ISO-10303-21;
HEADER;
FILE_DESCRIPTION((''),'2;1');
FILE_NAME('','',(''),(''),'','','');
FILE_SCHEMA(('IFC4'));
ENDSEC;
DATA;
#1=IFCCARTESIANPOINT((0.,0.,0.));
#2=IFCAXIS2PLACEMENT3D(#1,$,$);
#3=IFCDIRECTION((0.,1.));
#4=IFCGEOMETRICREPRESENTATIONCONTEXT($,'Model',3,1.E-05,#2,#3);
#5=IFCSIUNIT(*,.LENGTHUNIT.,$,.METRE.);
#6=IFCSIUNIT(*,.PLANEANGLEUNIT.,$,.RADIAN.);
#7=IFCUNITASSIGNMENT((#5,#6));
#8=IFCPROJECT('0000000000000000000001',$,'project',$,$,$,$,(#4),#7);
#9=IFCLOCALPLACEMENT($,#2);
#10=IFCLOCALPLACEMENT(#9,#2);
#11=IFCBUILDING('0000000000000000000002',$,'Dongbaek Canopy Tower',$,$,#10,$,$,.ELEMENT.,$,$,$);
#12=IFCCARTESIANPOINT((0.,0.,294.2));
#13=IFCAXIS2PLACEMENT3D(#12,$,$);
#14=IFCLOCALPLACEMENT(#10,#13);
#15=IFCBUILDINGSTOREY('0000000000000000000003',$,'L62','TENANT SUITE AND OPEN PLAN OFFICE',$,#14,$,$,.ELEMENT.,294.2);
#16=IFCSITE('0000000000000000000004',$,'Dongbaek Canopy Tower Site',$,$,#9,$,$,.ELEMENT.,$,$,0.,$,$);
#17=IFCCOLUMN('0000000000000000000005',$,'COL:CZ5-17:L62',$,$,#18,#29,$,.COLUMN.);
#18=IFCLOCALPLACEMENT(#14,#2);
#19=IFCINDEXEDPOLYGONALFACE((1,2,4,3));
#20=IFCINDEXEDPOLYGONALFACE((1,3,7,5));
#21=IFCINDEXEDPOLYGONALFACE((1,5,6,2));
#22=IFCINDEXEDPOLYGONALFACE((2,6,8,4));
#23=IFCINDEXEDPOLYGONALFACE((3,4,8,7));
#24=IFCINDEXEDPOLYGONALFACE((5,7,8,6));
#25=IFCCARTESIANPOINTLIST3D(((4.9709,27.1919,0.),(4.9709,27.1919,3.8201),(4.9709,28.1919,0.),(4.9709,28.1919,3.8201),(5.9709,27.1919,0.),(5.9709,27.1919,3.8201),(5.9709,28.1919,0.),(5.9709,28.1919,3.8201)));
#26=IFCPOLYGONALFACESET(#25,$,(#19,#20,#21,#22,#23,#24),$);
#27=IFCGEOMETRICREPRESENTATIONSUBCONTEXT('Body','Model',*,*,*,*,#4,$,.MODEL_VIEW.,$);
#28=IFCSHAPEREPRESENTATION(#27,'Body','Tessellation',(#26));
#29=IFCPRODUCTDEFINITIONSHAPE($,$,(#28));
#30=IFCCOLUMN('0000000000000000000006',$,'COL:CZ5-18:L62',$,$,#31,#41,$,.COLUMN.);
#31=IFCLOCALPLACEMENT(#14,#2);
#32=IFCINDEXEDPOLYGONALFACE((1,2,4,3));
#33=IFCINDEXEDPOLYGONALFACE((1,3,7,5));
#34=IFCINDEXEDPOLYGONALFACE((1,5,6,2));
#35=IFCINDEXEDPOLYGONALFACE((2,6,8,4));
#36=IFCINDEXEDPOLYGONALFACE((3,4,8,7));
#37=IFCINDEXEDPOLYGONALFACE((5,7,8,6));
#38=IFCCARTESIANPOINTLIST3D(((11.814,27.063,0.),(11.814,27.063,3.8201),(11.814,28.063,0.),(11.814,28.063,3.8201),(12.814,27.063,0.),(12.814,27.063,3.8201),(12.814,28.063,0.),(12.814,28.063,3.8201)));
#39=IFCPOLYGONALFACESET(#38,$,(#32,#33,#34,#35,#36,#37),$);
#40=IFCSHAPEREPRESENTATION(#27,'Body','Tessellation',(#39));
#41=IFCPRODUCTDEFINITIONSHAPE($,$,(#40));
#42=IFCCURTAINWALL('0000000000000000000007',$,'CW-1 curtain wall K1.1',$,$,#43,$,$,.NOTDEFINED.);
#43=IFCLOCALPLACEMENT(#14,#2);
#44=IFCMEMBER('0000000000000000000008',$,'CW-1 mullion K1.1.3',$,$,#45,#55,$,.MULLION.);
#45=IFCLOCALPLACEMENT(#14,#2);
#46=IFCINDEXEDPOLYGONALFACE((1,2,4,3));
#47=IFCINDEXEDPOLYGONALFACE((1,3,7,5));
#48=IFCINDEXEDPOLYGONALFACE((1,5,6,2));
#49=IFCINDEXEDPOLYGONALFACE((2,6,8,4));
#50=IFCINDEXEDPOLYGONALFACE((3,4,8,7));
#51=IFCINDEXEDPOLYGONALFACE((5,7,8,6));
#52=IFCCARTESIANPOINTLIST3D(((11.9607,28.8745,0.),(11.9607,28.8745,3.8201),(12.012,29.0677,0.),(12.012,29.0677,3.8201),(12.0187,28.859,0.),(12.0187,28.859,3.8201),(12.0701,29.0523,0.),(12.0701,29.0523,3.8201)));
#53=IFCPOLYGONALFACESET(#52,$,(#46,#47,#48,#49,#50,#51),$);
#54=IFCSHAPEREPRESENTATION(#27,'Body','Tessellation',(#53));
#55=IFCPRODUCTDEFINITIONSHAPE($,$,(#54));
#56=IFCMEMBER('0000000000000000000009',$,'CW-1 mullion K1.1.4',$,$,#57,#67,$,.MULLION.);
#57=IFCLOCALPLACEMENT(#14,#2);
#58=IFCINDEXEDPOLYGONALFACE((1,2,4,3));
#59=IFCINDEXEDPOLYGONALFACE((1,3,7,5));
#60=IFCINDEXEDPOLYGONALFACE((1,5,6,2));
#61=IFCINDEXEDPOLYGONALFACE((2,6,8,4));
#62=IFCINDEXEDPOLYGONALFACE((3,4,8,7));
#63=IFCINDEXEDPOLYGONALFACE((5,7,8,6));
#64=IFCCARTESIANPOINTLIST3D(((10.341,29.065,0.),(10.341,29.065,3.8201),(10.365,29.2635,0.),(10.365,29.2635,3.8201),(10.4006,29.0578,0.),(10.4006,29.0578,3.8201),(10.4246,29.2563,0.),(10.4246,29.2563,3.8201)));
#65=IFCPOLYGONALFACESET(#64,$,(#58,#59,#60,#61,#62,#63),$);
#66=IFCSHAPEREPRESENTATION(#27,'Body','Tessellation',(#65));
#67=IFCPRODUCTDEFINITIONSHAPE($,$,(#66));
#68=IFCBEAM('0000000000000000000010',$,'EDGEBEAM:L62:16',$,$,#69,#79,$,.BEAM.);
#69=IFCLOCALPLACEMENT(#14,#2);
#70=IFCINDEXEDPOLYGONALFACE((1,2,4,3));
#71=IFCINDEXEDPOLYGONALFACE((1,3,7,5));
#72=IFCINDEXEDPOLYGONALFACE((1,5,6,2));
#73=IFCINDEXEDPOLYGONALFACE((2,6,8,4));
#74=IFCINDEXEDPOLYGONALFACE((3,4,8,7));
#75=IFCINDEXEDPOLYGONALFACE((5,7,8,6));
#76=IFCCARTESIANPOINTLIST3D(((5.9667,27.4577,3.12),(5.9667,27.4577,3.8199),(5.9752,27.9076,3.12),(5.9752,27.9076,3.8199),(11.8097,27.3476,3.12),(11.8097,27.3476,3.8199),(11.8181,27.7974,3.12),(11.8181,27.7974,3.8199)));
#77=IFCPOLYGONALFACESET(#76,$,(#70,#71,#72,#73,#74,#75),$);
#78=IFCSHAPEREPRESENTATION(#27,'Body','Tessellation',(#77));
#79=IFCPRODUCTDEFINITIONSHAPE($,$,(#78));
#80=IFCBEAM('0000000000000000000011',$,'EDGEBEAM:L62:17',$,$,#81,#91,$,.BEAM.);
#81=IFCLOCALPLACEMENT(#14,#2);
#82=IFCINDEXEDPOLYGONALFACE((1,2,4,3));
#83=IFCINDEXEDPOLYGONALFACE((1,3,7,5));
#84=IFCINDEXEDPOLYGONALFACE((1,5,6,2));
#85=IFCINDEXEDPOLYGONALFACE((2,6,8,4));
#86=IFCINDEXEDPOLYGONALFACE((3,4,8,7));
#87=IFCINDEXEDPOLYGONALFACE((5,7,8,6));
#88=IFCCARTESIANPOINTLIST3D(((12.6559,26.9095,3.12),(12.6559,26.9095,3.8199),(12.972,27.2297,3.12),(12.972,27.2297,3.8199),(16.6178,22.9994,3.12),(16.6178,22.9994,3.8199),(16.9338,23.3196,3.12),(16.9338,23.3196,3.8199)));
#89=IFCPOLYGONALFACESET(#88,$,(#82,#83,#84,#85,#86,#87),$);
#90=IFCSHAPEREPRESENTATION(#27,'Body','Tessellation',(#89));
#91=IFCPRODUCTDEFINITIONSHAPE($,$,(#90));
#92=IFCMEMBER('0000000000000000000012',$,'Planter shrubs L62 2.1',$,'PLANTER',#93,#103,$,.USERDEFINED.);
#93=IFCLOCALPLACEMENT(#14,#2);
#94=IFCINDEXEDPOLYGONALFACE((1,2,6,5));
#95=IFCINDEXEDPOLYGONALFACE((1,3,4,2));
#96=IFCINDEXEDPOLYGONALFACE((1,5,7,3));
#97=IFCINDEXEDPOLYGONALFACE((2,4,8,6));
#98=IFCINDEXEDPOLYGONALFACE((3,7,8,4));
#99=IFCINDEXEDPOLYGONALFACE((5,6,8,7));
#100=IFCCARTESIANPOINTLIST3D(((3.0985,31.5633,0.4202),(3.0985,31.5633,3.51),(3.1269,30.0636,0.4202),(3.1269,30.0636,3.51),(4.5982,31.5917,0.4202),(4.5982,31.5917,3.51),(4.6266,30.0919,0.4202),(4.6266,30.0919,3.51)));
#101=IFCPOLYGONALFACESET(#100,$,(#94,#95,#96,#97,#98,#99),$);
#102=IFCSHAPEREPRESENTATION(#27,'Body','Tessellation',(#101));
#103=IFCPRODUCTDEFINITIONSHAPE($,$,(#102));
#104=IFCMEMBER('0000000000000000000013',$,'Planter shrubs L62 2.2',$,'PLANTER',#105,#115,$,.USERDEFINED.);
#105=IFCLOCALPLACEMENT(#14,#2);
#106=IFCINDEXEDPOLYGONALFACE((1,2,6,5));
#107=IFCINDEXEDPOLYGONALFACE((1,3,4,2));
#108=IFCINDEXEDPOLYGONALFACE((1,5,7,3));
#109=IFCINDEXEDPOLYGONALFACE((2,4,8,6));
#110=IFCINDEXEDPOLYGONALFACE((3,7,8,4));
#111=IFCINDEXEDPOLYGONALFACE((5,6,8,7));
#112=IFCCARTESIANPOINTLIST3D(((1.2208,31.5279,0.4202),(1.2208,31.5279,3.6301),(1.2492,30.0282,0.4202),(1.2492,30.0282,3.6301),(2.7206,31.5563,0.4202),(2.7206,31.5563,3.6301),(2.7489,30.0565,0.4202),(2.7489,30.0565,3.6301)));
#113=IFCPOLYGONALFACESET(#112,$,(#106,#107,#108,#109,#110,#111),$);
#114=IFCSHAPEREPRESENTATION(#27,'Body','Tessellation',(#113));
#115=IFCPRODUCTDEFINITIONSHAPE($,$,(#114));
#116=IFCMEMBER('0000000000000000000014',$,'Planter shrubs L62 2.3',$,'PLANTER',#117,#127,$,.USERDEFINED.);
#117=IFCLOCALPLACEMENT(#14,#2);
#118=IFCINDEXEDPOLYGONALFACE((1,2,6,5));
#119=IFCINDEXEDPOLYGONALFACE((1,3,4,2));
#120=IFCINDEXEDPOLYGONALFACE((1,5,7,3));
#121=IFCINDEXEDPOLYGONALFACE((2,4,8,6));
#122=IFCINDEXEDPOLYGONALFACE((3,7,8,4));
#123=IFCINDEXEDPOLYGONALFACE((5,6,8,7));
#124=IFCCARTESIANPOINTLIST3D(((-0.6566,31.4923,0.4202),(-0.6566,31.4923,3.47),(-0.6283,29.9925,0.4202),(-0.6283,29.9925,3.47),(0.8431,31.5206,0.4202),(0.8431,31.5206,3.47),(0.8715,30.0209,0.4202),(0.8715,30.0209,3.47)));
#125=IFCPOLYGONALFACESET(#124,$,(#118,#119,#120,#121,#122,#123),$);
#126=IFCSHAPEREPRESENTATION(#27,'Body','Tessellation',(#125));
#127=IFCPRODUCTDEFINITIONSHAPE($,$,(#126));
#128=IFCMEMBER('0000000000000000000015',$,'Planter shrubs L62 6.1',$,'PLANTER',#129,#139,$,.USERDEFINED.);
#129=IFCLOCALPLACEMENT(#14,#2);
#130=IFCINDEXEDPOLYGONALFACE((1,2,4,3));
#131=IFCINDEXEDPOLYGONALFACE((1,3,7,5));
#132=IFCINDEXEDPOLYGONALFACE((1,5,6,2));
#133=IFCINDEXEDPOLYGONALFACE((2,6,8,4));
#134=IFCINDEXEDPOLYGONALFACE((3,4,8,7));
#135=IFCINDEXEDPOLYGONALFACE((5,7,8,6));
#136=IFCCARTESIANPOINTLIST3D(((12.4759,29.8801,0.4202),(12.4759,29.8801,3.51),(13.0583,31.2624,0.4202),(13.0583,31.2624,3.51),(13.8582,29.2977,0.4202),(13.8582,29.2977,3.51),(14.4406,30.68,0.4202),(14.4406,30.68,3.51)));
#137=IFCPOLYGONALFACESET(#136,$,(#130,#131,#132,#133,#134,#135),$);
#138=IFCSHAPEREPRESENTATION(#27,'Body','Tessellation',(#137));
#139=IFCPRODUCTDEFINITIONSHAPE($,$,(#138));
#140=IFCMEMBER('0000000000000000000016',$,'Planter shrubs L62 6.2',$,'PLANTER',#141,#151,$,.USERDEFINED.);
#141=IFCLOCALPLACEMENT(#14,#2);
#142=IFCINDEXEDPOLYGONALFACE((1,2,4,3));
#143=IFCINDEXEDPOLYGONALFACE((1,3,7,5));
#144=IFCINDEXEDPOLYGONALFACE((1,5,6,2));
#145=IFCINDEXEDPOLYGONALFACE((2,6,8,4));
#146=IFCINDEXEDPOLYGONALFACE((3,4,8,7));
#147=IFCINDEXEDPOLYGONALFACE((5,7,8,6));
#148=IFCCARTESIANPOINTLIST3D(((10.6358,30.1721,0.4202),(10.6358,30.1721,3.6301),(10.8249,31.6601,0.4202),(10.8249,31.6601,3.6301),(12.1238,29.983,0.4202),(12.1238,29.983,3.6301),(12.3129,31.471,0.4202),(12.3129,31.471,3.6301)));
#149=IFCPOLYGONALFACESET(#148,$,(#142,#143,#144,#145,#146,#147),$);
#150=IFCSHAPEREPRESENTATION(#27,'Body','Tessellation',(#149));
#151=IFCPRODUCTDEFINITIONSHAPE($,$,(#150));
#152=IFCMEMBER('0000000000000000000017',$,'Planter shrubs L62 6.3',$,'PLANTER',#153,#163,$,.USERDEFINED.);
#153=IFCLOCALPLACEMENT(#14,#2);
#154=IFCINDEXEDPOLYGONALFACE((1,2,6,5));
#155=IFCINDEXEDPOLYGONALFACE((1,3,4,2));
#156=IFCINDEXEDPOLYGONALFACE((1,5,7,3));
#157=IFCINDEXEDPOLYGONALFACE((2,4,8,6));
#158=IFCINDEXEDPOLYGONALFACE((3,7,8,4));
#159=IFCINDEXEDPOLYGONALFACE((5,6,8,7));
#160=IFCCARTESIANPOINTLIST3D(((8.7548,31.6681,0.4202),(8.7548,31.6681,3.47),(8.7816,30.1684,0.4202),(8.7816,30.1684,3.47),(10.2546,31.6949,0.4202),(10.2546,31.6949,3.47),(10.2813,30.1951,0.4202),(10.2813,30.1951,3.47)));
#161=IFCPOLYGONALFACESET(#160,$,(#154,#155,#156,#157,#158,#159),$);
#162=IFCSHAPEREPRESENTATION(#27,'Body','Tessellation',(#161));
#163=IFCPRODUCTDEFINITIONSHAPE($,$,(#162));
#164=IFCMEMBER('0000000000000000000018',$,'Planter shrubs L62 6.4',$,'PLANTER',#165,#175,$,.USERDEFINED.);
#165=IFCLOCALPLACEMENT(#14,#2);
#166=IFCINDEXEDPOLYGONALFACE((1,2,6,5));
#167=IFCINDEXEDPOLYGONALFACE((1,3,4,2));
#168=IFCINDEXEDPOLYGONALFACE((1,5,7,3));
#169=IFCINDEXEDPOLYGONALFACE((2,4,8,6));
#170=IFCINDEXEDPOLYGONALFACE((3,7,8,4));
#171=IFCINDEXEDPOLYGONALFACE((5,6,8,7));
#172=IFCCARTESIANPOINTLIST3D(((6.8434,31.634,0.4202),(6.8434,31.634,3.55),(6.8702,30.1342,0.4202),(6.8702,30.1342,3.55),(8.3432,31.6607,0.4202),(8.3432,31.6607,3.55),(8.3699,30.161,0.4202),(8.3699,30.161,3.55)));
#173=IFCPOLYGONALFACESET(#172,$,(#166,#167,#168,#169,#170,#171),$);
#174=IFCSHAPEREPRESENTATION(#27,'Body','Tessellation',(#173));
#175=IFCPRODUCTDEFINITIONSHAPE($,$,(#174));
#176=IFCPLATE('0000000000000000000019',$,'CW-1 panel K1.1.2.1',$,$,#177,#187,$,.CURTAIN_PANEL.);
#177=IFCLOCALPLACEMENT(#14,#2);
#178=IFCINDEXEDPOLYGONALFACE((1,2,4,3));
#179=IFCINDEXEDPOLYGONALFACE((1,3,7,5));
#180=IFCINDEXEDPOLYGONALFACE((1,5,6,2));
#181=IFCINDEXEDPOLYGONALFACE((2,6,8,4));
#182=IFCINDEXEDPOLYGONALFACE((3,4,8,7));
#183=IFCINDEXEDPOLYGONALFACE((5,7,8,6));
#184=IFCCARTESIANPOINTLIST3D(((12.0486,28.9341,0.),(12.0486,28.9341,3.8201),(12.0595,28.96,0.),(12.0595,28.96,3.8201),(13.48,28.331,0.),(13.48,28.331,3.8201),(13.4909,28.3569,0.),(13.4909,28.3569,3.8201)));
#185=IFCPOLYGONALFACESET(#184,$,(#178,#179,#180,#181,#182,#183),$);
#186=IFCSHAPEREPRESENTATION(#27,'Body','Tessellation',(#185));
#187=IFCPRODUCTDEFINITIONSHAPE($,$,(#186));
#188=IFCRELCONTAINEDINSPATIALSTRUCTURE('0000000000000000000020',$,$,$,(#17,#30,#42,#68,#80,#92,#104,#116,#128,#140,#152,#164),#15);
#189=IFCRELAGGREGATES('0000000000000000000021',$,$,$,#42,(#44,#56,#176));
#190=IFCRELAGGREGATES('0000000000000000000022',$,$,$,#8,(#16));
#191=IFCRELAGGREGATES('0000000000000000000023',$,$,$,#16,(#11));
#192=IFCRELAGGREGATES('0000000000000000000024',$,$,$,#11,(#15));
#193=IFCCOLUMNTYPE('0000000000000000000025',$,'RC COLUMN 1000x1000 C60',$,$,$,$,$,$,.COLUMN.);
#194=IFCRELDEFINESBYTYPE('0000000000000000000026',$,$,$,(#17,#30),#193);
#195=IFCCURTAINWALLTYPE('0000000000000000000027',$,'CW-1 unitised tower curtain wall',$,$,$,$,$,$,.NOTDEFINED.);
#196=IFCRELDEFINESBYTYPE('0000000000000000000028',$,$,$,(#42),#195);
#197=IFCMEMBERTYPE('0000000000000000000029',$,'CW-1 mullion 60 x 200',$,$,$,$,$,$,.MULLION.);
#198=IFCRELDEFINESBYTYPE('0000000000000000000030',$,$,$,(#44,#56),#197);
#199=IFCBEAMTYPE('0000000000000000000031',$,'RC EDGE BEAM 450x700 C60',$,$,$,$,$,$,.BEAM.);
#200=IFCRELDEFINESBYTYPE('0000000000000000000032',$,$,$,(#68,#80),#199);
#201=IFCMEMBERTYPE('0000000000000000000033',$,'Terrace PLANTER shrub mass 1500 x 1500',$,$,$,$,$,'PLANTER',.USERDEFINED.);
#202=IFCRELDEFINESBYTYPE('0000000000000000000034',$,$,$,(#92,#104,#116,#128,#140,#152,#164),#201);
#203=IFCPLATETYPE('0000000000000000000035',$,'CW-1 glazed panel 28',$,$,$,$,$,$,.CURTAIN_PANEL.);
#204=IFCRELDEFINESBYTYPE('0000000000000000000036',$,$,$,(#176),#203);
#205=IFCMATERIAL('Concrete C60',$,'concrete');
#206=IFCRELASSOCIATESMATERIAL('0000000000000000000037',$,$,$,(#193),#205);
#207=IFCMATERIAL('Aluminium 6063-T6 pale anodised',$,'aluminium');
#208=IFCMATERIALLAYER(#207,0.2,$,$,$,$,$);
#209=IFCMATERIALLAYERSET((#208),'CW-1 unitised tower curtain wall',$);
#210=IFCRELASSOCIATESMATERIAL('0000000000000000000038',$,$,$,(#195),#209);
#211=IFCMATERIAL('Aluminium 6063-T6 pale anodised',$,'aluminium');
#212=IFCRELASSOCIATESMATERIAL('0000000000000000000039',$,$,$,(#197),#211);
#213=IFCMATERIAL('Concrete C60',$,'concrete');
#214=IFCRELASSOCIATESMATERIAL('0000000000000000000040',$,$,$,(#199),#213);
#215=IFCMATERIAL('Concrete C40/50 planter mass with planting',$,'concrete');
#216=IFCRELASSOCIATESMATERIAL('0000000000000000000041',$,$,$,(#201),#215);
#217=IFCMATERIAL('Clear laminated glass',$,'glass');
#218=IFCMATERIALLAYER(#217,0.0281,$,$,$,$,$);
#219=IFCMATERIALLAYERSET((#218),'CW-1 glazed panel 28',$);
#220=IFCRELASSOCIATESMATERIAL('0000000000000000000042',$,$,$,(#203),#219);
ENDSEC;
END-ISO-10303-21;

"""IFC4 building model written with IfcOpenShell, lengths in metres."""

from ifc_helpers import new_model, si_unit, direction, frame, origin, origin_2d, place, context, subcontext, project, spatial, rectangle, extrude, material, layer, layer_set, material_profile, profile_set, type_object, element, aggregate, save


model = new_model("IFC4")

# Units and contexts
model_context = context("Model", 3, precision=1e-05, world=origin(), true_north=direction((0.0, 1.0)))
body_context = subcontext(model_context, "Body", "Model", "MODEL_VIEW")
ifc_project = project(units=[si_unit("LENGTHUNIT", "METRE"), si_unit("PLANEANGLEUNIT", "RADIAN")], contexts=[model_context])

# Site, building, storey
site_placement = place(None, origin())
site = spatial("IfcSite", under=ifc_project, at=site_placement, Name="Dongbaek Canopy Tower Site", CompositionType="ELEMENT", RefElevation=0.0)
building_placement = place(site_placement, origin())
building = spatial("IfcBuilding", under=site, at=building_placement, Name="Dongbaek Canopy Tower", CompositionType="ELEMENT")
storey_placement = place(building_placement, frame((0.0, 0.0, 294.2)))
storey = spatial("IfcBuildingStorey", under=building, at=storey_placement, Name="L62", Description="TENANT SUITE AND OPEN PLAN OFFICE", CompositionType="ELEMENT", Elevation=294.2)

# Columns
ifc_material_1 = material(Name="Concrete C60", Category="concrete")
ifc_material_profile_1 = material_profile(ifc_material_1, rectangle(XDim=1.0, YDim=1.0, at=origin_2d()), Name="RC COLUMN 1000x1000 C60")
ifc_profile_set_1 = profile_set([ifc_material_profile_1], Name="Concrete C60")
column_type = type_object("IfcColumnType", Name="RC COLUMN 1000x1000 C60", PredefinedType="COLUMN", material=ifc_profile_set_1)
for number, where, z_axis, x_axis, name in (
    (1, (5.4709, 27.6919, 0.0), (0.0, 0.0, 1.0), (1.0, 0.0, 0.0), "COL:CZ5-17:L62"),
    (2, (12.314, 27.563, 0.0), (0.0, 0.0, 1.0), (1.0, 0.0, 0.0), "COL:CZ5-18:L62"),
):
    element("IfcColumn", number, at=place(storey_placement, frame(where, z_axis=z_axis, x_axis=x_axis)), inside=storey, type_object=column_type, Name=name, PredefinedType="COLUMN", context=body_context, shape_type="SweptSolid", body=[
        extrude(rectangle(XDim=1.0, YDim=1.0, at=origin_2d()), origin(), (0.0, 0.0, 1.0), 3.8201),
    ])

# Curtain wall, members
ifc_material_2 = material(Name="Aluminium 6063-T6 pale anodised", Category="aluminium")
ifc_layer_1 = layer(ifc_material_2, 0.2)
ifc_layer_set_1 = layer_set([ifc_layer_1], Name="CW-1 unitised tower curtain wall")
curtain_wall_type = type_object("IfcCurtainWallType", Name="CW-1 unitised tower curtain wall", PredefinedType="NOTDEFINED", material=ifc_layer_set_1)
curtain_wall_placement = place(storey_placement, origin())
curtain_wall = element("IfcCurtainWall", 3, at=curtain_wall_placement, inside=storey, type_object=curtain_wall_type, Name="CW-1 curtain wall K1.1", PredefinedType="NOTDEFINED")
ifc_material_3 = material(Name="Aluminium 6063-T6 pale anodised", Category="aluminium")
ifc_material_profile_2 = material_profile(ifc_material_3, rectangle(XDim=0.2, YDim=0.0601, at=origin_2d()), Name="CW-1 mullion 60 x 200")
ifc_profile_set_2 = profile_set([ifc_material_profile_2], Name="Aluminium 6063-T6 pale anodised")
member_type_1 = type_object("IfcMemberType", Name="CW-1 mullion 60 x 200", PredefinedType="MULLION", material=ifc_profile_set_2)
member_1_placement = place(storey_placement, frame((12.0154, 28.9634, 0.0), z_axis=(0.0, 0.0, 1.0), x_axis=(0.256634, 0.966509, 0.0)))
member_1 = element("IfcMember", 4, at=member_1_placement, type_object=member_type_1, Name="CW-1 mullion K1.1.3", PredefinedType="MULLION", context=body_context, shape_type="SweptSolid", body=[
    extrude(rectangle(XDim=0.2, YDim=0.0601, at=origin_2d()), origin(), (0.0, 0.0, 1.0), 3.8201),
])
member_2_placement = place(storey_placement, frame((10.3828, 29.1606, 0.0), z_axis=(0.0, 0.0, 1.0), x_axis=(0.120026, 0.992771, 0.0)))
member_2 = element("IfcMember", 5, at=member_2_placement, type_object=member_type_1, Name="CW-1 mullion K1.1.4", PredefinedType="MULLION", context=body_context, shape_type="SweptSolid", body=[
    extrude(rectangle(XDim=0.2, YDim=0.0601, at=origin_2d()), origin(), (0.0, 0.0, 1.0), 3.8201),
])

# Beams
ifc_material_4 = material(Name="Concrete C60", Category="concrete")
ifc_material_profile_3 = material_profile(ifc_material_4, rectangle(XDim=0.45, YDim=0.7, at=origin_2d()), Name="RC EDGE BEAM 450x700 C60")
ifc_profile_set_3 = profile_set([ifc_material_profile_3], Name="Concrete C60")
beam_type = type_object("IfcBeamType", Name="RC EDGE BEAM 450x700 C60", PredefinedType="BEAM", material=ifc_profile_set_3)
beam_1_placement = place(storey_placement, frame((5.9709, 27.6826, 3.47), z_axis=(0.999822, -0.018841, 0.0), x_axis=(0.018841, 0.999822, 0.0)))
element("IfcBeam", 6, at=beam_1_placement, inside=storey, type_object=beam_type, Name="EDGEBEAM:L62:16", PredefinedType="BEAM", context=body_context, shape_type="SweptSolid", body=[
    extrude(rectangle(XDim=0.45, YDim=0.7, at=origin_2d()), origin(), (0.0, 0.0, 1.0), 5.844),
])
beam_2_placement = place(storey_placement, frame((12.814, 27.0696, 3.47), z_axis=(0.711741, -0.702442, 0.0), x_axis=(0.702442, 0.711741, 0.0)))
element("IfcBeam", 7, at=beam_2_placement, inside=storey, type_object=beam_type, Name="EDGEBEAM:L62:17", PredefinedType="BEAM", context=body_context, shape_type="SweptSolid", body=[
    extrude(rectangle(XDim=0.45, YDim=0.7, at=origin_2d()), origin(), (0.0, 0.0, 1.0), 5.5664),
])

# Members
ifc_material_5 = material(Name="Concrete C40/50 planter mass with planting", Category="concrete")
ifc_material_profile_4 = material_profile(ifc_material_5, rectangle(XDim=1.5, YDim=1.5, at=origin_2d()), Name="Terrace PLANTER shrub mass 1500 x 1500")
ifc_profile_set_4 = profile_set([ifc_material_profile_4], Name="Concrete C40/50 planter mass with planting")
member_type_2 = type_object("IfcMemberType", Name="Terrace PLANTER shrub mass 1500 x 1500", ElementType="PLANTER", PredefinedType="USERDEFINED", material=ifc_profile_set_4)
member_3_placement = place(storey_placement, frame((3.8625, 30.8276, 0.4202), z_axis=(0.0, 0.0, 1.0), x_axis=(-0.018905, 0.999821, 0.0)))
element("IfcMember", 8, at=member_3_placement, inside=storey, type_object=member_type_2, Name="Planter shrubs L62 2.1", ObjectType="PLANTER", PredefinedType="USERDEFINED", context=body_context, shape_type="SweptSolid", body=[
    extrude(rectangle(XDim=1.5, YDim=1.5, at=origin_2d()), origin(), (0.0, 0.0, 1.0), 3.0898),
])
member_4_placement = place(storey_placement, frame((1.9849, 30.7922, 0.4202), z_axis=(0.0, 0.0, 1.0), x_axis=(-0.018905, 0.999821, 0.0)))
element("IfcMember", 9, at=member_4_placement, inside=storey, type_object=member_type_2, Name="Planter shrubs L62 2.2", ObjectType="PLANTER", PredefinedType="USERDEFINED", context=body_context, shape_type="SweptSolid", body=[
    extrude(rectangle(XDim=1.5, YDim=1.5, at=origin_2d()), origin(), (0.0, 0.0, 1.0), 3.21),
])
member_5_placement = place(storey_placement, frame((0.1074, 30.7566, 0.4202), z_axis=(0.0, 0.0, 1.0), x_axis=(-0.018905, 0.999821, 0.0)))
element("IfcMember", 10, at=member_5_placement, inside=storey, type_object=member_type_2, Name="Planter shrubs L62 2.3", ObjectType="PLANTER", PredefinedType="USERDEFINED", context=body_context, shape_type="SweptSolid", body=[
    extrude(rectangle(XDim=1.5, YDim=1.5, at=origin_2d()), origin(), (0.0, 0.0, 1.0), 3.0498),
])
member_6_placement = place(storey_placement, frame((13.4583, 30.28, 0.4202), z_axis=(0.0, 0.0, 1.0), x_axis=(0.388275, 0.921543, 0.0)))
element("IfcMember", 11, at=member_6_placement, inside=storey, type_object=member_type_2, Name="Planter shrubs L62 6.1", ObjectType="PLANTER", PredefinedType="USERDEFINED", context=body_context, shape_type="SweptSolid", body=[
    extrude(rectangle(XDim=1.5, YDim=1.5, at=origin_2d()), origin(), (0.0, 0.0, 1.0), 3.0898),
])
member_7_placement = place(storey_placement, frame((11.4744, 30.8215, 0.4202), z_axis=(0.0, 0.0, 1.0), x_axis=(0.126056, 0.992023, 0.0)))
element("IfcMember", 12, at=member_7_placement, inside=storey, type_object=member_type_2, Name="Planter shrubs L62 6.2", ObjectType="PLANTER", PredefinedType="USERDEFINED", context=body_context, shape_type="SweptSolid", body=[
    extrude(rectangle(XDim=1.5, YDim=1.5, at=origin_2d()), origin(), (0.0, 0.0, 1.0), 3.21),
])
member_8_placement = place(storey_placement, frame((9.5181, 30.9316, 0.4202), z_axis=(0.0, 0.0, 1.0), x_axis=(-0.017835, 0.999841, 0.0)))
element("IfcMember", 13, at=member_8_placement, inside=storey, type_object=member_type_2, Name="Planter shrubs L62 6.3", ObjectType="PLANTER", PredefinedType="USERDEFINED", context=body_context, shape_type="SweptSolid", body=[
    extrude(rectangle(XDim=1.5, YDim=1.5, at=origin_2d()), origin(), (0.0, 0.0, 1.0), 3.0498),
])
member_9_placement = place(storey_placement, frame((7.6067, 30.8975, 0.4202), z_axis=(0.0, 0.0, 1.0), x_axis=(-0.017835, 0.999841, 0.0)))
element("IfcMember", 14, at=member_9_placement, inside=storey, type_object=member_type_2, Name="Planter shrubs L62 6.4", ObjectType="PLANTER", PredefinedType="USERDEFINED", context=body_context, shape_type="SweptSolid", body=[
    extrude(rectangle(XDim=1.5, YDim=1.5, at=origin_2d()), origin(), (0.0, 0.0, 1.0), 3.1299),
])

# Plate
ifc_material_6 = material(Name="Clear laminated glass", Category="glass")
ifc_layer_2 = layer(ifc_material_6, 0.0281)
ifc_layer_set_2 = layer_set([ifc_layer_2], Name="CW-1 glazed panel 28")
plate_type = type_object("IfcPlateType", Name="CW-1 glazed panel 28", PredefinedType="CURTAIN_PANEL", material=ifc_layer_set_2)
plate_1_placement = place(storey_placement, frame((12.7698, 28.6455, 0.0), z_axis=(0.0, 0.0, 1.0), x_axis=(-0.921543, 0.388275, 0.0)))
plate_1 = element("IfcPlate", 15, at=plate_1_placement, type_object=plate_type, Name="CW-1 panel K1.1.2.1", PredefinedType="CURTAIN_PANEL", context=body_context, shape_type="SweptSolid", body=[
    extrude(rectangle(XDim=1.5532, YDim=0.0281, at=origin_2d()), origin(), (0.0, 0.0, 1.0), 3.8201),
])
aggregate(curtain_wall, [member_1, member_2, plate_1])

save(model, "model.ifc")
